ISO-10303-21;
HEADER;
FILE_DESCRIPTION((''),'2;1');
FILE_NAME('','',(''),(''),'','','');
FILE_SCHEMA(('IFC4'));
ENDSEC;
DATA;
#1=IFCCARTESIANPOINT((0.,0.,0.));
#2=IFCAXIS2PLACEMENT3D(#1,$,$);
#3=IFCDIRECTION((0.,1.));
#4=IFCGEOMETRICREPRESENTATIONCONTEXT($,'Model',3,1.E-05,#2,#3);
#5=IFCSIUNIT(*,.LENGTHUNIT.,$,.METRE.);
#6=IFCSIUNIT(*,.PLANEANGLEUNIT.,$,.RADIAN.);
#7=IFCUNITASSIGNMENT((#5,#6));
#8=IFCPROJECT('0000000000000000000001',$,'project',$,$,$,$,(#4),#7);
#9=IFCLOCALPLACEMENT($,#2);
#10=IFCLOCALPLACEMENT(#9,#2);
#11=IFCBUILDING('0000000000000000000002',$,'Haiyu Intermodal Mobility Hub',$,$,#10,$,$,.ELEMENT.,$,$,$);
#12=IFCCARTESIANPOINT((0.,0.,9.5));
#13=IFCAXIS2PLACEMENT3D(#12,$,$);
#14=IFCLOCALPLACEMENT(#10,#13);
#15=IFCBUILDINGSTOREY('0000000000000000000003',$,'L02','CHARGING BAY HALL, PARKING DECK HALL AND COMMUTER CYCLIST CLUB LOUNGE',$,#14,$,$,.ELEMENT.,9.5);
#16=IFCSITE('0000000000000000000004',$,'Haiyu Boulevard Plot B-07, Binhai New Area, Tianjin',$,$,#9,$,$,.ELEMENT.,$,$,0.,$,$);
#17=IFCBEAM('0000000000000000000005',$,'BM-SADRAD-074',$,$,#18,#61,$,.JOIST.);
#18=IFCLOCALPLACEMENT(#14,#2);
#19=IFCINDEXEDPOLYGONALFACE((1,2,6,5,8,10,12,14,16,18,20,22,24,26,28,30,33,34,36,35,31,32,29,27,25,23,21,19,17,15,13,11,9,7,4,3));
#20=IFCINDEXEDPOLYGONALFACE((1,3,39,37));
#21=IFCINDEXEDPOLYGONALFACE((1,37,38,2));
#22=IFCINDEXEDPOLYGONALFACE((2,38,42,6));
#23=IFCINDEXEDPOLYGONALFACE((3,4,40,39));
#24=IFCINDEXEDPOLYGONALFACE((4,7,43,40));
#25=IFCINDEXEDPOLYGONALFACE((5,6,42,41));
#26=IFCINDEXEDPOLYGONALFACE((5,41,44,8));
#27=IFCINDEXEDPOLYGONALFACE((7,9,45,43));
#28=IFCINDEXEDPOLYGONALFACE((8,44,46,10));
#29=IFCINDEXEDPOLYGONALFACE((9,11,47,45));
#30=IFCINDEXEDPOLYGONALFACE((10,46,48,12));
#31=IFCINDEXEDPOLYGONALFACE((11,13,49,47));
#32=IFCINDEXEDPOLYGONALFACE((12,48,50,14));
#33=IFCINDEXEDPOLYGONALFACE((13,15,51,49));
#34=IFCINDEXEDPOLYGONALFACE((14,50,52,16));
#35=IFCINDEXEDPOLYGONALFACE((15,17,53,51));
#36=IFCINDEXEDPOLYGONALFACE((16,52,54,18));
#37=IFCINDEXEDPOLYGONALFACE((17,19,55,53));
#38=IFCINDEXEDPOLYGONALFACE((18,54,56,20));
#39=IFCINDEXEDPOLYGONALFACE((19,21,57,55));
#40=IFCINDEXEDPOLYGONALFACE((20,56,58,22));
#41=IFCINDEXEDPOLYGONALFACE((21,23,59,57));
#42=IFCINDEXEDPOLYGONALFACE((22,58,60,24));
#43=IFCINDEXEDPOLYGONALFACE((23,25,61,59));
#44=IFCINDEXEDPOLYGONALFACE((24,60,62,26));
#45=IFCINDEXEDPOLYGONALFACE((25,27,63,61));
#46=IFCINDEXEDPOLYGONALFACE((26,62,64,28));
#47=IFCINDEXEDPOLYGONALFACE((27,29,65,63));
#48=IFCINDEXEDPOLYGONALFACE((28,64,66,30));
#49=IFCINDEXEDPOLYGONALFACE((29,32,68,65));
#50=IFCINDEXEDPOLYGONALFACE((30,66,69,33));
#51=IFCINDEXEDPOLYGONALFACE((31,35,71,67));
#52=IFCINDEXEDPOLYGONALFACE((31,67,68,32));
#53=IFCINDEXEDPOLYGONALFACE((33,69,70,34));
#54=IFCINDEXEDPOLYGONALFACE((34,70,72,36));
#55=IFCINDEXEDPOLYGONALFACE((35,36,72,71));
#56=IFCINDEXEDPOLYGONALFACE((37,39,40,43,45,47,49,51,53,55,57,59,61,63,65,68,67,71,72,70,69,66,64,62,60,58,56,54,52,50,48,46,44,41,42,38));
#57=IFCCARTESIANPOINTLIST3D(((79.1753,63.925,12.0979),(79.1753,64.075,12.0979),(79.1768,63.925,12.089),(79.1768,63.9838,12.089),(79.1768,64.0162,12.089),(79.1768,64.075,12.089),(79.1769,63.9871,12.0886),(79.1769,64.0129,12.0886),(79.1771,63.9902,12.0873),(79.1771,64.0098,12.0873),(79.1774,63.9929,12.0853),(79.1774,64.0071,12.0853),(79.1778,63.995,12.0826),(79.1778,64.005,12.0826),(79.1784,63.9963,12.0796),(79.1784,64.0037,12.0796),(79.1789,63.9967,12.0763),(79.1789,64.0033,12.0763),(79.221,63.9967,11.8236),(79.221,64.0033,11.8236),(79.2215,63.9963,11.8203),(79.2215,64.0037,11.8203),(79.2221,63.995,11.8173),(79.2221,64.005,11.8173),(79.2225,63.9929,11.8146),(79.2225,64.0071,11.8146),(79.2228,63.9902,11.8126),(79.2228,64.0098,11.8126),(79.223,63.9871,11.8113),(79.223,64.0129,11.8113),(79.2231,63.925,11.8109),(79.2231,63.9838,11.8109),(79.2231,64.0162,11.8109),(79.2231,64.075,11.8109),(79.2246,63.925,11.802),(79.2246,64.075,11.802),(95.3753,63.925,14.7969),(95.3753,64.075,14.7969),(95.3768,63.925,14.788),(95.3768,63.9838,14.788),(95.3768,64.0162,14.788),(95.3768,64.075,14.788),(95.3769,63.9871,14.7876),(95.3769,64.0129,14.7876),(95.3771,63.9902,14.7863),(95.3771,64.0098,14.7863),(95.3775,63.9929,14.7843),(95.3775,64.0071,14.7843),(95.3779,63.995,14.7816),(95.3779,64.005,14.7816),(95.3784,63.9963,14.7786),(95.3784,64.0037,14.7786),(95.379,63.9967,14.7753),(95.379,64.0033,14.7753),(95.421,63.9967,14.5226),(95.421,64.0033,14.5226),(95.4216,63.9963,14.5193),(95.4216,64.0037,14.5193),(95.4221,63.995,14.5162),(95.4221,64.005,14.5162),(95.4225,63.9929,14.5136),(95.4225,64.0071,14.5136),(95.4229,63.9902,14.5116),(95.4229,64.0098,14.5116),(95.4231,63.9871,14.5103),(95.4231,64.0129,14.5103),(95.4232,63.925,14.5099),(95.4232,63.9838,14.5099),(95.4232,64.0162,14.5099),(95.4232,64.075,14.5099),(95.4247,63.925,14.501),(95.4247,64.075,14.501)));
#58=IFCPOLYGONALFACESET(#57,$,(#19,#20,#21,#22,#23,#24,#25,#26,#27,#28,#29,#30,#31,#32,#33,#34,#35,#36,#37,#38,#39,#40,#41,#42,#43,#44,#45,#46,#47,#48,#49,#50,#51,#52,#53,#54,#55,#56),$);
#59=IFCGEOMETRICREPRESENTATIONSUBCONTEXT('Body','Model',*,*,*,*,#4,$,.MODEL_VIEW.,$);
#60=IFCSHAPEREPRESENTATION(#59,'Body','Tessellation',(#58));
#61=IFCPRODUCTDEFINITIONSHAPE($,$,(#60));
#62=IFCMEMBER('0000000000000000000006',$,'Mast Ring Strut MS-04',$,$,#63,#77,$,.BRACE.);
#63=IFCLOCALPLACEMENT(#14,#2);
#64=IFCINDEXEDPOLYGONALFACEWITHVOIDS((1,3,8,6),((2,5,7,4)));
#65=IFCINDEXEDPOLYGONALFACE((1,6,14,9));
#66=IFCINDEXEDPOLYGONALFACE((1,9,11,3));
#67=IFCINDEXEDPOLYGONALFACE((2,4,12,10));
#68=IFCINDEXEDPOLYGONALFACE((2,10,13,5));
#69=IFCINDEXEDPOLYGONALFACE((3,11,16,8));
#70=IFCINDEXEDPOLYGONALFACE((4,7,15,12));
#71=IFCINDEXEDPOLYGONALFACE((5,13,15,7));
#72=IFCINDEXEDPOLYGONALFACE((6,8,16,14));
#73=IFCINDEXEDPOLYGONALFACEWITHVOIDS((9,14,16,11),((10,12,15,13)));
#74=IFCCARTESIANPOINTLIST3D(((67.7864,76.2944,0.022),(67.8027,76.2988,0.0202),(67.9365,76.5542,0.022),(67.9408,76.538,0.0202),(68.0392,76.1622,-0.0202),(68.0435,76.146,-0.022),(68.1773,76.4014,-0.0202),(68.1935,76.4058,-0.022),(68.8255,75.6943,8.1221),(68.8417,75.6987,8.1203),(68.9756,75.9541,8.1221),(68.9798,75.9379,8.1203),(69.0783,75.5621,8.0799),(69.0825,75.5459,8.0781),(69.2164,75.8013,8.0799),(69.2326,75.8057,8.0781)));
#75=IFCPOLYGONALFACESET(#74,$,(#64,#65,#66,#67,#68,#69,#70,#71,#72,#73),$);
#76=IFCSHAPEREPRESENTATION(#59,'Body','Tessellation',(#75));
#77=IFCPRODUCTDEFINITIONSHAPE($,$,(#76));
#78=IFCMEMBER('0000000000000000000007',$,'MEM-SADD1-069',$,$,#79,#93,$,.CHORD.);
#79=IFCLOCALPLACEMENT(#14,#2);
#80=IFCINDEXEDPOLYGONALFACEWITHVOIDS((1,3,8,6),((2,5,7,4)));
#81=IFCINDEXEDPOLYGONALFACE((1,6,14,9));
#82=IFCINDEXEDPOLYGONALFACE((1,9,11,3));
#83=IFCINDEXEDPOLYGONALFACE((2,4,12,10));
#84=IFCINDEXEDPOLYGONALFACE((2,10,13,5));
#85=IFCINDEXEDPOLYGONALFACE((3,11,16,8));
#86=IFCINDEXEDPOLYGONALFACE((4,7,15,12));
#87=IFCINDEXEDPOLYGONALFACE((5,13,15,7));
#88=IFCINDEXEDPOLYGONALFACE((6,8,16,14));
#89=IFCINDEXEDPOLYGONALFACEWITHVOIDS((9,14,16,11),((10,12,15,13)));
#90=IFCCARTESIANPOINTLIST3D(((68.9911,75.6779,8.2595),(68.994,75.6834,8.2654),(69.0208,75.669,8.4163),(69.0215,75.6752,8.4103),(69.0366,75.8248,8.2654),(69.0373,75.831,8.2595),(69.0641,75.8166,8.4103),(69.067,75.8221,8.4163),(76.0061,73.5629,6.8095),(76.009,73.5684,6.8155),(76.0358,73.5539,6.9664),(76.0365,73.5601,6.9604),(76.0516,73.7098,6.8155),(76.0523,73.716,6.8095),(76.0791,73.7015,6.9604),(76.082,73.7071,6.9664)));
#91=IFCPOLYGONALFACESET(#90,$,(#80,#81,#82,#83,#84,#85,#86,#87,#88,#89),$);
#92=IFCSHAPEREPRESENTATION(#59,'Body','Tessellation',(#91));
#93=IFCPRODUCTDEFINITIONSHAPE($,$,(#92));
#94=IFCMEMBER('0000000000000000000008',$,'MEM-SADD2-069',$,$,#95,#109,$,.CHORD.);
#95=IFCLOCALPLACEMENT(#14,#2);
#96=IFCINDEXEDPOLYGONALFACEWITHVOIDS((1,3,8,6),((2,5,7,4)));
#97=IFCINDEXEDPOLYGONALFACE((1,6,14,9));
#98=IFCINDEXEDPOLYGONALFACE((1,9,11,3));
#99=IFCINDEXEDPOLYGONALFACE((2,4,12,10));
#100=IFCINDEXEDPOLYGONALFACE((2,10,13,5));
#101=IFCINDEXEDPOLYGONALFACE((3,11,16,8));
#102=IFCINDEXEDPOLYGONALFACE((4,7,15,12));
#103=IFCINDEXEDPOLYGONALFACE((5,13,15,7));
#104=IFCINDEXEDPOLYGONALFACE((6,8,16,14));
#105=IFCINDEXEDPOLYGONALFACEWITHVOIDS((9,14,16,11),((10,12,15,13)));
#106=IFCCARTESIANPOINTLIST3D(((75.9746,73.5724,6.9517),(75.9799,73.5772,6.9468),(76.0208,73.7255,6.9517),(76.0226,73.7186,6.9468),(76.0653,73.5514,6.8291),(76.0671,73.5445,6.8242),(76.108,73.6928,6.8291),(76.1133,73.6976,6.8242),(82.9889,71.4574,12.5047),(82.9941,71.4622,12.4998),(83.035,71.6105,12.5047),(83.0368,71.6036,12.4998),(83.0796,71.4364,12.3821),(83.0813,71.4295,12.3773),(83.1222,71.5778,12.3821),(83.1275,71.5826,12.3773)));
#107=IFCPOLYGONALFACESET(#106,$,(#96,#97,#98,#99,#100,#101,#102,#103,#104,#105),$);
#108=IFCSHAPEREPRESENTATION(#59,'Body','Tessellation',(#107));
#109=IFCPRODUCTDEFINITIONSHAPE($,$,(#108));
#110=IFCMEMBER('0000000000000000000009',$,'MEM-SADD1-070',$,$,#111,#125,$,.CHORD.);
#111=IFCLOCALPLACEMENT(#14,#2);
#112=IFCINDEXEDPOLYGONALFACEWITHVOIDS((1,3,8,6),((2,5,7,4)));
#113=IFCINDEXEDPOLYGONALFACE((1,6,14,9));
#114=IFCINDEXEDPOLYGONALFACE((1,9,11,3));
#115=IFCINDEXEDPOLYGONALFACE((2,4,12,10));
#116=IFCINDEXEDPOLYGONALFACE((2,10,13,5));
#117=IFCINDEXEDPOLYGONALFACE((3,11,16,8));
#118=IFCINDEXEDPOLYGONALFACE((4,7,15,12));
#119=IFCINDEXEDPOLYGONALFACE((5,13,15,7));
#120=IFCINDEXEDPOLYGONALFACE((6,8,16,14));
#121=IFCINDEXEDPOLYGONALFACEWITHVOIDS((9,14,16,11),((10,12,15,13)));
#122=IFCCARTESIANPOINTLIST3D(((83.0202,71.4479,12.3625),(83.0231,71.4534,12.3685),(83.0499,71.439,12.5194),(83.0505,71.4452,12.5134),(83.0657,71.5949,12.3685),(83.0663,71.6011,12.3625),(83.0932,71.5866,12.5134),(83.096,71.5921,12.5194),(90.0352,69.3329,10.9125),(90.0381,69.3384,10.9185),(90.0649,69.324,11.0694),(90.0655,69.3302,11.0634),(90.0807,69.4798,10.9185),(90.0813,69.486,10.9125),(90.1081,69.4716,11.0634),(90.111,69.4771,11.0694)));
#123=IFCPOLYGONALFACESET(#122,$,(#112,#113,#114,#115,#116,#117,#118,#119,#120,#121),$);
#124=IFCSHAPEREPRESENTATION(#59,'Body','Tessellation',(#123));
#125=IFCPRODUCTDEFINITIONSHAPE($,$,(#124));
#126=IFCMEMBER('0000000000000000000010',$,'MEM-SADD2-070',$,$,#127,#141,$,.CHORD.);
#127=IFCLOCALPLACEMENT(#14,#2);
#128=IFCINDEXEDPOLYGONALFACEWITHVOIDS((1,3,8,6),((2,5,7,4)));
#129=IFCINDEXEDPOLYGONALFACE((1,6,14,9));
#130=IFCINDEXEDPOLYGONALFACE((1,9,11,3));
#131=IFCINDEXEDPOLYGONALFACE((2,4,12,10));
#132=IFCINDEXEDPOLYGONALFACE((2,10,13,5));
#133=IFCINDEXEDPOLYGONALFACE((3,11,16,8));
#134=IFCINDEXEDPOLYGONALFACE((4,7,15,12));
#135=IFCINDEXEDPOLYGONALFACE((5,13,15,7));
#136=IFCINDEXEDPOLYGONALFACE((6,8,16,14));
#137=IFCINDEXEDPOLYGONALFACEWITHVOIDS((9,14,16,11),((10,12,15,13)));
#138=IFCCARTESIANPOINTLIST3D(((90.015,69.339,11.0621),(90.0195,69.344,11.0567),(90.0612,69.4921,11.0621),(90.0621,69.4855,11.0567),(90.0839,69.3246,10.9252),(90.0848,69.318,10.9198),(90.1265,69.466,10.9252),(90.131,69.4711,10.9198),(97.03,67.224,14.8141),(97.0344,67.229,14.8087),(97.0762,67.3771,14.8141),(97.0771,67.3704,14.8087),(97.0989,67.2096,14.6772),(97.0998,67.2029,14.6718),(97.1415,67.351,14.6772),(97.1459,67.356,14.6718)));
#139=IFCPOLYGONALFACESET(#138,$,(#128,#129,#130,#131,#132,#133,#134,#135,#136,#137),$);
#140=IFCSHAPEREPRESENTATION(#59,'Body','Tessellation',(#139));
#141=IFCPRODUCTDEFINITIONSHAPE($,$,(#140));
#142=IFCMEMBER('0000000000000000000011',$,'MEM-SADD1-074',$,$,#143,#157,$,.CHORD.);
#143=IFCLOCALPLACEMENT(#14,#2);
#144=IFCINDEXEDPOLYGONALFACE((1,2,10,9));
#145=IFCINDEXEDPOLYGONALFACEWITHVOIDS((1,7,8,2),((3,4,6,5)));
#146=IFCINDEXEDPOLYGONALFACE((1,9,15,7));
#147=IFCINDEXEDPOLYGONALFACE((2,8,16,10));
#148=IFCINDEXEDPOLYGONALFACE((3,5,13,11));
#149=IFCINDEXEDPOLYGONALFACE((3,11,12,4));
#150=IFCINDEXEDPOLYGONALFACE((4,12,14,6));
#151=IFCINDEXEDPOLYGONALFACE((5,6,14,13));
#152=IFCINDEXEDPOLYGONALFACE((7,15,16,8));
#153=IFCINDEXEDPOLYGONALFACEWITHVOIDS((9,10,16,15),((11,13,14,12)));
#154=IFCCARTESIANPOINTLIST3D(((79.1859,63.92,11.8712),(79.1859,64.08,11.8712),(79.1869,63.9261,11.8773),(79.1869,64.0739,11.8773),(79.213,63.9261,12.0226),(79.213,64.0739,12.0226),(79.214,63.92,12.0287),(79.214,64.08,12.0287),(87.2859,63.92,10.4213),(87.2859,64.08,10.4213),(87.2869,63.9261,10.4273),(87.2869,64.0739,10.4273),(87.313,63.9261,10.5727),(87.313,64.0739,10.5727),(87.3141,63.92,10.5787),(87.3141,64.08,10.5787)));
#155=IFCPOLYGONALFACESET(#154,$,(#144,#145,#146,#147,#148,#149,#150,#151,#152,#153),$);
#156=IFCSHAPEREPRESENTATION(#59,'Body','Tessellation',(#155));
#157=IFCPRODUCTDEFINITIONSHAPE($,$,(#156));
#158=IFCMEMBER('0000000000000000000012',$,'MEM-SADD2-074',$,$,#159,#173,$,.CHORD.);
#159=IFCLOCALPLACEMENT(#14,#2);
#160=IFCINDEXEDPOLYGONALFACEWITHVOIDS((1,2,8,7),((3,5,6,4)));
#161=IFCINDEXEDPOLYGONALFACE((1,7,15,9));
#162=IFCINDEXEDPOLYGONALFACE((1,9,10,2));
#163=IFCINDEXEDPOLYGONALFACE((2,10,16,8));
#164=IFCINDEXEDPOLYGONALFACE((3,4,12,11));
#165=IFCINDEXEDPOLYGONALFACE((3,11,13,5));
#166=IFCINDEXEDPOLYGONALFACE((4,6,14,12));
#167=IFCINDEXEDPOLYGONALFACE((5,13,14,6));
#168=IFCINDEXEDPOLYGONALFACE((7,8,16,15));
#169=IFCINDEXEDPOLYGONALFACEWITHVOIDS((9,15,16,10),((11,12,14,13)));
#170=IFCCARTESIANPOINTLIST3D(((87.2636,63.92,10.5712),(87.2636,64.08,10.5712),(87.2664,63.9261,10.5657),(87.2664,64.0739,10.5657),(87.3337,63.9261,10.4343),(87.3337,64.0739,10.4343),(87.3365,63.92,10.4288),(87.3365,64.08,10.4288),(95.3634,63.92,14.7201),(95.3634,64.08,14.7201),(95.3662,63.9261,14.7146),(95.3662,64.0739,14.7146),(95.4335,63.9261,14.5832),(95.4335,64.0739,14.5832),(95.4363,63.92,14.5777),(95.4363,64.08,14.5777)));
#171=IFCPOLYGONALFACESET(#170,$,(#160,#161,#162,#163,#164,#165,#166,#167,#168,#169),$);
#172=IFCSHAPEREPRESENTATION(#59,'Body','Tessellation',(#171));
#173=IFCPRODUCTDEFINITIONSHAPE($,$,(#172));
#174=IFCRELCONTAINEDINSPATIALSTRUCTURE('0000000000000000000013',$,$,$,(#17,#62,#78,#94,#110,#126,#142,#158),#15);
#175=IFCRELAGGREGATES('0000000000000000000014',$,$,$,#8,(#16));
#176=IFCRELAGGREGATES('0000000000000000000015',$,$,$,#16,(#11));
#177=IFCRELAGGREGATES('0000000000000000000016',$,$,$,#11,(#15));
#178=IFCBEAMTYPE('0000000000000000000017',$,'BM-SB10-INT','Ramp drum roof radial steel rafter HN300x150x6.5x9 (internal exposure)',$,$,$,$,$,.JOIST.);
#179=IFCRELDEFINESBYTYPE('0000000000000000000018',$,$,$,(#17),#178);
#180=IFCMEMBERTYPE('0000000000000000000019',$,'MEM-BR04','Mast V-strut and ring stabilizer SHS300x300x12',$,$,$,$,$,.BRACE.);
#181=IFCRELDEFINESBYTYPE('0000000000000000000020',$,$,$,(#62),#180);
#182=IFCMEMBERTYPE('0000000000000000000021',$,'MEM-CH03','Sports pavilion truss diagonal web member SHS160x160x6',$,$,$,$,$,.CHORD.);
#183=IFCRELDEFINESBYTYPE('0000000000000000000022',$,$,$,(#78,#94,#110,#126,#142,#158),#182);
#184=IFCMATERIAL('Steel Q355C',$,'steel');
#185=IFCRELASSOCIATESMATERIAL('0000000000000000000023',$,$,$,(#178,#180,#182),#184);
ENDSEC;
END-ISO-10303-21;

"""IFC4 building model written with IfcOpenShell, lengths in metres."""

from ifc_helpers import new_model, si_unit, direction, frame, origin, origin_2d, place, context, subcontext, project, spatial, hollow_rectangle, i_section, extrude, material, material_profile, profile_set, type_object, element, save


model = new_model("IFC4")

# Units and contexts
model_context = context("Model", 3, precision=1e-05, world=origin(), true_north=direction((0.0, 1.0)))
body_context = subcontext(model_context, "Body", "Model", "MODEL_VIEW")
ifc_project = project(units=[si_unit("LENGTHUNIT", "METRE"), si_unit("PLANEANGLEUNIT", "RADIAN")], contexts=[model_context])

# Site, building, storey
site_placement = place(None, origin())
site = spatial("IfcSite", under=ifc_project, at=site_placement, Name="Haiyu Boulevard Plot B-07, Binhai New Area, Tianjin", CompositionType="ELEMENT", RefElevation=0.0)
building_placement = place(site_placement, origin())
building = spatial("IfcBuilding", under=site, at=building_placement, Name="Haiyu Intermodal Mobility Hub", CompositionType="ELEMENT")
storey_placement = place(building_placement, frame((0.0, 0.0, 9.5)))
storey = spatial("IfcBuildingStorey", under=building, at=storey_placement, Name="L02", Description="CHARGING BAY HALL, PARKING DECK HALL AND COMMUTER CYCLIST CLUB LOUNGE", CompositionType="ELEMENT", Elevation=9.5)

# Shared definitions
ifc_material_1 = material(Name="Steel Q355C", Category="steel")

# Beam
ifc_material_profile_1 = material_profile(ifc_material_1, i_section(OverallWidth=0.1499, OverallDepth=0.3, WebThickness=0.0066, FlangeThickness=0.009, FilletRadius=0.0129, at=origin_2d()), Name="HN300x150x6.5x9")
ifc_profile_set_1 = profile_set([ifc_material_profile_1], Name="Steel Q355C")
beam_type_1 = type_object("IfcBeamType", Name="BM-SB10-INT", Description="Ramp drum roof radial steel rafter HN300x150x6.5x9 (internal exposure)", PredefinedType="JOIST", material=ifc_profile_set_1)
beam_1_placement = place(storey_placement, frame((79.2, 64.0, 11.95), z_axis=(0.986404, 0.0, 0.164339), x_axis=(0.0, 1.0, 0.0)))
element("IfcBeam", 1, at=beam_1_placement, inside=storey, type_object=beam_type_1, Name="BM-SADRAD-074", PredefinedType="JOIST", context=body_context, shape_type="SweptSolid", body=[
    extrude(i_section(OverallWidth=0.1499, OverallDepth=0.3, WebThickness=0.0066, FlangeThickness=0.009, FilletRadius=0.0129, at=origin_2d()), origin(), (0.0, 0.0, 1.0), 16.4233),
])

# Members
ifc_material_profile_2 = material_profile(ifc_material_1, hollow_rectangle(XDim=0.3, YDim=0.3, WallThickness=0.012, at=origin_2d()), Name="SHS300x300x12")
ifc_profile_set_2 = profile_set([ifc_material_profile_2], Name="Steel Q355C")
member_type_1 = type_object("IfcMemberType", Name="MEM-BR04", Description="Mast V-strut and ring stabilizer SHS300x300x12", PredefinedType="BRACE", material=ifc_profile_set_2)
member_1_placement = place(storey_placement, frame((67.99, 76.3501, 0.0), z_axis=(0.126893, -0.073286, 0.989205), x_axis=(0.500122, 0.865955, 0.0)))
element("IfcMember", 2, at=member_1_placement, inside=storey, type_object=member_type_1, Name="Mast Ring Strut MS-04", PredefinedType="BRACE", context=body_context, shape_type="SweptSolid", body=[
    extrude(hollow_rectangle(XDim=0.3, YDim=0.3, WallThickness=0.012, at=origin_2d()), origin(), (0.0, 0.0, 1.0), 8.1885),
])
ifc_material_profile_3 = material_profile(ifc_material_1, hollow_rectangle(XDim=0.1599, YDim=0.1599, WallThickness=0.0061, at=origin_2d()), Name="SHS160x160x6")
ifc_profile_set_3 = profile_set([ifc_material_profile_3], Name="Steel Q355C")
member_type_2 = type_object("IfcMemberType", Name="MEM-CH03", Description="Sports pavilion truss diagonal web member SHS160x160x6", PredefinedType="CHORD", material=ifc_profile_set_3)
member_2_placement = place(storey_placement, frame((69.0291, 75.75, 8.3379), z_axis=(0.939215, -0.283173, -0.194132), x_axis=(0.288665, 0.95743, 0.0)))
element("IfcMember", 3, at=member_2_placement, inside=storey, type_object=member_type_2, Name="MEM-SADD1-069", PredefinedType="CHORD", context=body_context, shape_type="SweptSolid", body=[
    extrude(hollow_rectangle(XDim=0.1599, YDim=0.1599, WallThickness=0.0061, at=origin_2d()), origin(), (0.0, 0.0, 1.0), 7.469),
])
member_3_placement = place(storey_placement, frame((76.0439, 73.635, 6.8879), z_axis=(0.763008, -0.230071, 0.604059), x_axis=(0.288693, 0.957422, 0.0)))
element("IfcMember", 4, at=member_3_placement, inside=storey, type_object=member_type_2, Name="MEM-SADD2-069", PredefinedType="CHORD", context=body_context, shape_type="SweptSolid", body=[
    extrude(hollow_rectangle(XDim=0.1599, YDim=0.1599, WallThickness=0.0061, at=origin_2d()), origin(), (0.0, 0.0, 1.0), 9.1929),
])
member_4_placement = place(storey_placement, frame((83.0581, 71.52, 12.4409), z_axis=(0.939215, -0.283173, -0.194132), x_axis=(0.288665, 0.95743, 0.0)))
element("IfcMember", 5, at=member_4_placement, inside=storey, type_object=member_type_2, Name="MEM-SADD1-070", PredefinedType="CHORD", context=body_context, shape_type="SweptSolid", body=[
    extrude(hollow_rectangle(XDim=0.1599, YDim=0.1599, WallThickness=0.0061, at=origin_2d()), origin(), (0.0, 0.0, 1.0), 7.469),
])
member_5_placement = place(storey_placement, frame((90.073, 69.405, 10.991), z_axis=(0.852192, -0.256936, 0.455799), x_axis=(0.288665, 0.95743, 0.0)))
element("IfcMember", 6, at=member_5_placement, inside=storey, type_object=member_type_2, Name="MEM-SADD2-070", PredefinedType="CHORD", context=body_context, shape_type="SweptSolid", body=[
    extrude(hollow_rectangle(XDim=0.1599, YDim=0.1599, WallThickness=0.0061, at=origin_2d()), origin(), (0.0, 0.0, 1.0), 8.2317),
])
member_6_placement = place(storey_placement, frame((79.2, 64.0, 11.95), z_axis=(0.984354, 0.0, -0.176203), x_axis=(0.0, 1.0, 0.0)))
element("IfcMember", 7, at=member_6_placement, inside=storey, type_object=member_type_2, Name="MEM-SADD1-074", PredefinedType="CHORD", context=body_context, shape_type="SweptSolid", body=[
    extrude(hollow_rectangle(XDim=0.1599, YDim=0.1599, WallThickness=0.0061, at=origin_2d()), origin(), (0.0, 0.0, 1.0), 8.2288),
])
member_7_placement = place(storey_placement, frame((87.3, 64.0, 10.5), z_axis=(0.890034, 0.0, 0.455895), x_axis=(0.0, 1.0, 0.0)))
element("IfcMember", 8, at=member_7_placement, inside=storey, type_object=member_type_2, Name="MEM-SADD2-074", PredefinedType="CHORD", context=body_context, shape_type="SweptSolid", body=[
    extrude(hollow_rectangle(XDim=0.1599, YDim=0.1599, WallThickness=0.0061, at=origin_2d()), origin(), (0.0, 0.0, 1.0), 9.1006),
])

save(model, "model.ifc")
